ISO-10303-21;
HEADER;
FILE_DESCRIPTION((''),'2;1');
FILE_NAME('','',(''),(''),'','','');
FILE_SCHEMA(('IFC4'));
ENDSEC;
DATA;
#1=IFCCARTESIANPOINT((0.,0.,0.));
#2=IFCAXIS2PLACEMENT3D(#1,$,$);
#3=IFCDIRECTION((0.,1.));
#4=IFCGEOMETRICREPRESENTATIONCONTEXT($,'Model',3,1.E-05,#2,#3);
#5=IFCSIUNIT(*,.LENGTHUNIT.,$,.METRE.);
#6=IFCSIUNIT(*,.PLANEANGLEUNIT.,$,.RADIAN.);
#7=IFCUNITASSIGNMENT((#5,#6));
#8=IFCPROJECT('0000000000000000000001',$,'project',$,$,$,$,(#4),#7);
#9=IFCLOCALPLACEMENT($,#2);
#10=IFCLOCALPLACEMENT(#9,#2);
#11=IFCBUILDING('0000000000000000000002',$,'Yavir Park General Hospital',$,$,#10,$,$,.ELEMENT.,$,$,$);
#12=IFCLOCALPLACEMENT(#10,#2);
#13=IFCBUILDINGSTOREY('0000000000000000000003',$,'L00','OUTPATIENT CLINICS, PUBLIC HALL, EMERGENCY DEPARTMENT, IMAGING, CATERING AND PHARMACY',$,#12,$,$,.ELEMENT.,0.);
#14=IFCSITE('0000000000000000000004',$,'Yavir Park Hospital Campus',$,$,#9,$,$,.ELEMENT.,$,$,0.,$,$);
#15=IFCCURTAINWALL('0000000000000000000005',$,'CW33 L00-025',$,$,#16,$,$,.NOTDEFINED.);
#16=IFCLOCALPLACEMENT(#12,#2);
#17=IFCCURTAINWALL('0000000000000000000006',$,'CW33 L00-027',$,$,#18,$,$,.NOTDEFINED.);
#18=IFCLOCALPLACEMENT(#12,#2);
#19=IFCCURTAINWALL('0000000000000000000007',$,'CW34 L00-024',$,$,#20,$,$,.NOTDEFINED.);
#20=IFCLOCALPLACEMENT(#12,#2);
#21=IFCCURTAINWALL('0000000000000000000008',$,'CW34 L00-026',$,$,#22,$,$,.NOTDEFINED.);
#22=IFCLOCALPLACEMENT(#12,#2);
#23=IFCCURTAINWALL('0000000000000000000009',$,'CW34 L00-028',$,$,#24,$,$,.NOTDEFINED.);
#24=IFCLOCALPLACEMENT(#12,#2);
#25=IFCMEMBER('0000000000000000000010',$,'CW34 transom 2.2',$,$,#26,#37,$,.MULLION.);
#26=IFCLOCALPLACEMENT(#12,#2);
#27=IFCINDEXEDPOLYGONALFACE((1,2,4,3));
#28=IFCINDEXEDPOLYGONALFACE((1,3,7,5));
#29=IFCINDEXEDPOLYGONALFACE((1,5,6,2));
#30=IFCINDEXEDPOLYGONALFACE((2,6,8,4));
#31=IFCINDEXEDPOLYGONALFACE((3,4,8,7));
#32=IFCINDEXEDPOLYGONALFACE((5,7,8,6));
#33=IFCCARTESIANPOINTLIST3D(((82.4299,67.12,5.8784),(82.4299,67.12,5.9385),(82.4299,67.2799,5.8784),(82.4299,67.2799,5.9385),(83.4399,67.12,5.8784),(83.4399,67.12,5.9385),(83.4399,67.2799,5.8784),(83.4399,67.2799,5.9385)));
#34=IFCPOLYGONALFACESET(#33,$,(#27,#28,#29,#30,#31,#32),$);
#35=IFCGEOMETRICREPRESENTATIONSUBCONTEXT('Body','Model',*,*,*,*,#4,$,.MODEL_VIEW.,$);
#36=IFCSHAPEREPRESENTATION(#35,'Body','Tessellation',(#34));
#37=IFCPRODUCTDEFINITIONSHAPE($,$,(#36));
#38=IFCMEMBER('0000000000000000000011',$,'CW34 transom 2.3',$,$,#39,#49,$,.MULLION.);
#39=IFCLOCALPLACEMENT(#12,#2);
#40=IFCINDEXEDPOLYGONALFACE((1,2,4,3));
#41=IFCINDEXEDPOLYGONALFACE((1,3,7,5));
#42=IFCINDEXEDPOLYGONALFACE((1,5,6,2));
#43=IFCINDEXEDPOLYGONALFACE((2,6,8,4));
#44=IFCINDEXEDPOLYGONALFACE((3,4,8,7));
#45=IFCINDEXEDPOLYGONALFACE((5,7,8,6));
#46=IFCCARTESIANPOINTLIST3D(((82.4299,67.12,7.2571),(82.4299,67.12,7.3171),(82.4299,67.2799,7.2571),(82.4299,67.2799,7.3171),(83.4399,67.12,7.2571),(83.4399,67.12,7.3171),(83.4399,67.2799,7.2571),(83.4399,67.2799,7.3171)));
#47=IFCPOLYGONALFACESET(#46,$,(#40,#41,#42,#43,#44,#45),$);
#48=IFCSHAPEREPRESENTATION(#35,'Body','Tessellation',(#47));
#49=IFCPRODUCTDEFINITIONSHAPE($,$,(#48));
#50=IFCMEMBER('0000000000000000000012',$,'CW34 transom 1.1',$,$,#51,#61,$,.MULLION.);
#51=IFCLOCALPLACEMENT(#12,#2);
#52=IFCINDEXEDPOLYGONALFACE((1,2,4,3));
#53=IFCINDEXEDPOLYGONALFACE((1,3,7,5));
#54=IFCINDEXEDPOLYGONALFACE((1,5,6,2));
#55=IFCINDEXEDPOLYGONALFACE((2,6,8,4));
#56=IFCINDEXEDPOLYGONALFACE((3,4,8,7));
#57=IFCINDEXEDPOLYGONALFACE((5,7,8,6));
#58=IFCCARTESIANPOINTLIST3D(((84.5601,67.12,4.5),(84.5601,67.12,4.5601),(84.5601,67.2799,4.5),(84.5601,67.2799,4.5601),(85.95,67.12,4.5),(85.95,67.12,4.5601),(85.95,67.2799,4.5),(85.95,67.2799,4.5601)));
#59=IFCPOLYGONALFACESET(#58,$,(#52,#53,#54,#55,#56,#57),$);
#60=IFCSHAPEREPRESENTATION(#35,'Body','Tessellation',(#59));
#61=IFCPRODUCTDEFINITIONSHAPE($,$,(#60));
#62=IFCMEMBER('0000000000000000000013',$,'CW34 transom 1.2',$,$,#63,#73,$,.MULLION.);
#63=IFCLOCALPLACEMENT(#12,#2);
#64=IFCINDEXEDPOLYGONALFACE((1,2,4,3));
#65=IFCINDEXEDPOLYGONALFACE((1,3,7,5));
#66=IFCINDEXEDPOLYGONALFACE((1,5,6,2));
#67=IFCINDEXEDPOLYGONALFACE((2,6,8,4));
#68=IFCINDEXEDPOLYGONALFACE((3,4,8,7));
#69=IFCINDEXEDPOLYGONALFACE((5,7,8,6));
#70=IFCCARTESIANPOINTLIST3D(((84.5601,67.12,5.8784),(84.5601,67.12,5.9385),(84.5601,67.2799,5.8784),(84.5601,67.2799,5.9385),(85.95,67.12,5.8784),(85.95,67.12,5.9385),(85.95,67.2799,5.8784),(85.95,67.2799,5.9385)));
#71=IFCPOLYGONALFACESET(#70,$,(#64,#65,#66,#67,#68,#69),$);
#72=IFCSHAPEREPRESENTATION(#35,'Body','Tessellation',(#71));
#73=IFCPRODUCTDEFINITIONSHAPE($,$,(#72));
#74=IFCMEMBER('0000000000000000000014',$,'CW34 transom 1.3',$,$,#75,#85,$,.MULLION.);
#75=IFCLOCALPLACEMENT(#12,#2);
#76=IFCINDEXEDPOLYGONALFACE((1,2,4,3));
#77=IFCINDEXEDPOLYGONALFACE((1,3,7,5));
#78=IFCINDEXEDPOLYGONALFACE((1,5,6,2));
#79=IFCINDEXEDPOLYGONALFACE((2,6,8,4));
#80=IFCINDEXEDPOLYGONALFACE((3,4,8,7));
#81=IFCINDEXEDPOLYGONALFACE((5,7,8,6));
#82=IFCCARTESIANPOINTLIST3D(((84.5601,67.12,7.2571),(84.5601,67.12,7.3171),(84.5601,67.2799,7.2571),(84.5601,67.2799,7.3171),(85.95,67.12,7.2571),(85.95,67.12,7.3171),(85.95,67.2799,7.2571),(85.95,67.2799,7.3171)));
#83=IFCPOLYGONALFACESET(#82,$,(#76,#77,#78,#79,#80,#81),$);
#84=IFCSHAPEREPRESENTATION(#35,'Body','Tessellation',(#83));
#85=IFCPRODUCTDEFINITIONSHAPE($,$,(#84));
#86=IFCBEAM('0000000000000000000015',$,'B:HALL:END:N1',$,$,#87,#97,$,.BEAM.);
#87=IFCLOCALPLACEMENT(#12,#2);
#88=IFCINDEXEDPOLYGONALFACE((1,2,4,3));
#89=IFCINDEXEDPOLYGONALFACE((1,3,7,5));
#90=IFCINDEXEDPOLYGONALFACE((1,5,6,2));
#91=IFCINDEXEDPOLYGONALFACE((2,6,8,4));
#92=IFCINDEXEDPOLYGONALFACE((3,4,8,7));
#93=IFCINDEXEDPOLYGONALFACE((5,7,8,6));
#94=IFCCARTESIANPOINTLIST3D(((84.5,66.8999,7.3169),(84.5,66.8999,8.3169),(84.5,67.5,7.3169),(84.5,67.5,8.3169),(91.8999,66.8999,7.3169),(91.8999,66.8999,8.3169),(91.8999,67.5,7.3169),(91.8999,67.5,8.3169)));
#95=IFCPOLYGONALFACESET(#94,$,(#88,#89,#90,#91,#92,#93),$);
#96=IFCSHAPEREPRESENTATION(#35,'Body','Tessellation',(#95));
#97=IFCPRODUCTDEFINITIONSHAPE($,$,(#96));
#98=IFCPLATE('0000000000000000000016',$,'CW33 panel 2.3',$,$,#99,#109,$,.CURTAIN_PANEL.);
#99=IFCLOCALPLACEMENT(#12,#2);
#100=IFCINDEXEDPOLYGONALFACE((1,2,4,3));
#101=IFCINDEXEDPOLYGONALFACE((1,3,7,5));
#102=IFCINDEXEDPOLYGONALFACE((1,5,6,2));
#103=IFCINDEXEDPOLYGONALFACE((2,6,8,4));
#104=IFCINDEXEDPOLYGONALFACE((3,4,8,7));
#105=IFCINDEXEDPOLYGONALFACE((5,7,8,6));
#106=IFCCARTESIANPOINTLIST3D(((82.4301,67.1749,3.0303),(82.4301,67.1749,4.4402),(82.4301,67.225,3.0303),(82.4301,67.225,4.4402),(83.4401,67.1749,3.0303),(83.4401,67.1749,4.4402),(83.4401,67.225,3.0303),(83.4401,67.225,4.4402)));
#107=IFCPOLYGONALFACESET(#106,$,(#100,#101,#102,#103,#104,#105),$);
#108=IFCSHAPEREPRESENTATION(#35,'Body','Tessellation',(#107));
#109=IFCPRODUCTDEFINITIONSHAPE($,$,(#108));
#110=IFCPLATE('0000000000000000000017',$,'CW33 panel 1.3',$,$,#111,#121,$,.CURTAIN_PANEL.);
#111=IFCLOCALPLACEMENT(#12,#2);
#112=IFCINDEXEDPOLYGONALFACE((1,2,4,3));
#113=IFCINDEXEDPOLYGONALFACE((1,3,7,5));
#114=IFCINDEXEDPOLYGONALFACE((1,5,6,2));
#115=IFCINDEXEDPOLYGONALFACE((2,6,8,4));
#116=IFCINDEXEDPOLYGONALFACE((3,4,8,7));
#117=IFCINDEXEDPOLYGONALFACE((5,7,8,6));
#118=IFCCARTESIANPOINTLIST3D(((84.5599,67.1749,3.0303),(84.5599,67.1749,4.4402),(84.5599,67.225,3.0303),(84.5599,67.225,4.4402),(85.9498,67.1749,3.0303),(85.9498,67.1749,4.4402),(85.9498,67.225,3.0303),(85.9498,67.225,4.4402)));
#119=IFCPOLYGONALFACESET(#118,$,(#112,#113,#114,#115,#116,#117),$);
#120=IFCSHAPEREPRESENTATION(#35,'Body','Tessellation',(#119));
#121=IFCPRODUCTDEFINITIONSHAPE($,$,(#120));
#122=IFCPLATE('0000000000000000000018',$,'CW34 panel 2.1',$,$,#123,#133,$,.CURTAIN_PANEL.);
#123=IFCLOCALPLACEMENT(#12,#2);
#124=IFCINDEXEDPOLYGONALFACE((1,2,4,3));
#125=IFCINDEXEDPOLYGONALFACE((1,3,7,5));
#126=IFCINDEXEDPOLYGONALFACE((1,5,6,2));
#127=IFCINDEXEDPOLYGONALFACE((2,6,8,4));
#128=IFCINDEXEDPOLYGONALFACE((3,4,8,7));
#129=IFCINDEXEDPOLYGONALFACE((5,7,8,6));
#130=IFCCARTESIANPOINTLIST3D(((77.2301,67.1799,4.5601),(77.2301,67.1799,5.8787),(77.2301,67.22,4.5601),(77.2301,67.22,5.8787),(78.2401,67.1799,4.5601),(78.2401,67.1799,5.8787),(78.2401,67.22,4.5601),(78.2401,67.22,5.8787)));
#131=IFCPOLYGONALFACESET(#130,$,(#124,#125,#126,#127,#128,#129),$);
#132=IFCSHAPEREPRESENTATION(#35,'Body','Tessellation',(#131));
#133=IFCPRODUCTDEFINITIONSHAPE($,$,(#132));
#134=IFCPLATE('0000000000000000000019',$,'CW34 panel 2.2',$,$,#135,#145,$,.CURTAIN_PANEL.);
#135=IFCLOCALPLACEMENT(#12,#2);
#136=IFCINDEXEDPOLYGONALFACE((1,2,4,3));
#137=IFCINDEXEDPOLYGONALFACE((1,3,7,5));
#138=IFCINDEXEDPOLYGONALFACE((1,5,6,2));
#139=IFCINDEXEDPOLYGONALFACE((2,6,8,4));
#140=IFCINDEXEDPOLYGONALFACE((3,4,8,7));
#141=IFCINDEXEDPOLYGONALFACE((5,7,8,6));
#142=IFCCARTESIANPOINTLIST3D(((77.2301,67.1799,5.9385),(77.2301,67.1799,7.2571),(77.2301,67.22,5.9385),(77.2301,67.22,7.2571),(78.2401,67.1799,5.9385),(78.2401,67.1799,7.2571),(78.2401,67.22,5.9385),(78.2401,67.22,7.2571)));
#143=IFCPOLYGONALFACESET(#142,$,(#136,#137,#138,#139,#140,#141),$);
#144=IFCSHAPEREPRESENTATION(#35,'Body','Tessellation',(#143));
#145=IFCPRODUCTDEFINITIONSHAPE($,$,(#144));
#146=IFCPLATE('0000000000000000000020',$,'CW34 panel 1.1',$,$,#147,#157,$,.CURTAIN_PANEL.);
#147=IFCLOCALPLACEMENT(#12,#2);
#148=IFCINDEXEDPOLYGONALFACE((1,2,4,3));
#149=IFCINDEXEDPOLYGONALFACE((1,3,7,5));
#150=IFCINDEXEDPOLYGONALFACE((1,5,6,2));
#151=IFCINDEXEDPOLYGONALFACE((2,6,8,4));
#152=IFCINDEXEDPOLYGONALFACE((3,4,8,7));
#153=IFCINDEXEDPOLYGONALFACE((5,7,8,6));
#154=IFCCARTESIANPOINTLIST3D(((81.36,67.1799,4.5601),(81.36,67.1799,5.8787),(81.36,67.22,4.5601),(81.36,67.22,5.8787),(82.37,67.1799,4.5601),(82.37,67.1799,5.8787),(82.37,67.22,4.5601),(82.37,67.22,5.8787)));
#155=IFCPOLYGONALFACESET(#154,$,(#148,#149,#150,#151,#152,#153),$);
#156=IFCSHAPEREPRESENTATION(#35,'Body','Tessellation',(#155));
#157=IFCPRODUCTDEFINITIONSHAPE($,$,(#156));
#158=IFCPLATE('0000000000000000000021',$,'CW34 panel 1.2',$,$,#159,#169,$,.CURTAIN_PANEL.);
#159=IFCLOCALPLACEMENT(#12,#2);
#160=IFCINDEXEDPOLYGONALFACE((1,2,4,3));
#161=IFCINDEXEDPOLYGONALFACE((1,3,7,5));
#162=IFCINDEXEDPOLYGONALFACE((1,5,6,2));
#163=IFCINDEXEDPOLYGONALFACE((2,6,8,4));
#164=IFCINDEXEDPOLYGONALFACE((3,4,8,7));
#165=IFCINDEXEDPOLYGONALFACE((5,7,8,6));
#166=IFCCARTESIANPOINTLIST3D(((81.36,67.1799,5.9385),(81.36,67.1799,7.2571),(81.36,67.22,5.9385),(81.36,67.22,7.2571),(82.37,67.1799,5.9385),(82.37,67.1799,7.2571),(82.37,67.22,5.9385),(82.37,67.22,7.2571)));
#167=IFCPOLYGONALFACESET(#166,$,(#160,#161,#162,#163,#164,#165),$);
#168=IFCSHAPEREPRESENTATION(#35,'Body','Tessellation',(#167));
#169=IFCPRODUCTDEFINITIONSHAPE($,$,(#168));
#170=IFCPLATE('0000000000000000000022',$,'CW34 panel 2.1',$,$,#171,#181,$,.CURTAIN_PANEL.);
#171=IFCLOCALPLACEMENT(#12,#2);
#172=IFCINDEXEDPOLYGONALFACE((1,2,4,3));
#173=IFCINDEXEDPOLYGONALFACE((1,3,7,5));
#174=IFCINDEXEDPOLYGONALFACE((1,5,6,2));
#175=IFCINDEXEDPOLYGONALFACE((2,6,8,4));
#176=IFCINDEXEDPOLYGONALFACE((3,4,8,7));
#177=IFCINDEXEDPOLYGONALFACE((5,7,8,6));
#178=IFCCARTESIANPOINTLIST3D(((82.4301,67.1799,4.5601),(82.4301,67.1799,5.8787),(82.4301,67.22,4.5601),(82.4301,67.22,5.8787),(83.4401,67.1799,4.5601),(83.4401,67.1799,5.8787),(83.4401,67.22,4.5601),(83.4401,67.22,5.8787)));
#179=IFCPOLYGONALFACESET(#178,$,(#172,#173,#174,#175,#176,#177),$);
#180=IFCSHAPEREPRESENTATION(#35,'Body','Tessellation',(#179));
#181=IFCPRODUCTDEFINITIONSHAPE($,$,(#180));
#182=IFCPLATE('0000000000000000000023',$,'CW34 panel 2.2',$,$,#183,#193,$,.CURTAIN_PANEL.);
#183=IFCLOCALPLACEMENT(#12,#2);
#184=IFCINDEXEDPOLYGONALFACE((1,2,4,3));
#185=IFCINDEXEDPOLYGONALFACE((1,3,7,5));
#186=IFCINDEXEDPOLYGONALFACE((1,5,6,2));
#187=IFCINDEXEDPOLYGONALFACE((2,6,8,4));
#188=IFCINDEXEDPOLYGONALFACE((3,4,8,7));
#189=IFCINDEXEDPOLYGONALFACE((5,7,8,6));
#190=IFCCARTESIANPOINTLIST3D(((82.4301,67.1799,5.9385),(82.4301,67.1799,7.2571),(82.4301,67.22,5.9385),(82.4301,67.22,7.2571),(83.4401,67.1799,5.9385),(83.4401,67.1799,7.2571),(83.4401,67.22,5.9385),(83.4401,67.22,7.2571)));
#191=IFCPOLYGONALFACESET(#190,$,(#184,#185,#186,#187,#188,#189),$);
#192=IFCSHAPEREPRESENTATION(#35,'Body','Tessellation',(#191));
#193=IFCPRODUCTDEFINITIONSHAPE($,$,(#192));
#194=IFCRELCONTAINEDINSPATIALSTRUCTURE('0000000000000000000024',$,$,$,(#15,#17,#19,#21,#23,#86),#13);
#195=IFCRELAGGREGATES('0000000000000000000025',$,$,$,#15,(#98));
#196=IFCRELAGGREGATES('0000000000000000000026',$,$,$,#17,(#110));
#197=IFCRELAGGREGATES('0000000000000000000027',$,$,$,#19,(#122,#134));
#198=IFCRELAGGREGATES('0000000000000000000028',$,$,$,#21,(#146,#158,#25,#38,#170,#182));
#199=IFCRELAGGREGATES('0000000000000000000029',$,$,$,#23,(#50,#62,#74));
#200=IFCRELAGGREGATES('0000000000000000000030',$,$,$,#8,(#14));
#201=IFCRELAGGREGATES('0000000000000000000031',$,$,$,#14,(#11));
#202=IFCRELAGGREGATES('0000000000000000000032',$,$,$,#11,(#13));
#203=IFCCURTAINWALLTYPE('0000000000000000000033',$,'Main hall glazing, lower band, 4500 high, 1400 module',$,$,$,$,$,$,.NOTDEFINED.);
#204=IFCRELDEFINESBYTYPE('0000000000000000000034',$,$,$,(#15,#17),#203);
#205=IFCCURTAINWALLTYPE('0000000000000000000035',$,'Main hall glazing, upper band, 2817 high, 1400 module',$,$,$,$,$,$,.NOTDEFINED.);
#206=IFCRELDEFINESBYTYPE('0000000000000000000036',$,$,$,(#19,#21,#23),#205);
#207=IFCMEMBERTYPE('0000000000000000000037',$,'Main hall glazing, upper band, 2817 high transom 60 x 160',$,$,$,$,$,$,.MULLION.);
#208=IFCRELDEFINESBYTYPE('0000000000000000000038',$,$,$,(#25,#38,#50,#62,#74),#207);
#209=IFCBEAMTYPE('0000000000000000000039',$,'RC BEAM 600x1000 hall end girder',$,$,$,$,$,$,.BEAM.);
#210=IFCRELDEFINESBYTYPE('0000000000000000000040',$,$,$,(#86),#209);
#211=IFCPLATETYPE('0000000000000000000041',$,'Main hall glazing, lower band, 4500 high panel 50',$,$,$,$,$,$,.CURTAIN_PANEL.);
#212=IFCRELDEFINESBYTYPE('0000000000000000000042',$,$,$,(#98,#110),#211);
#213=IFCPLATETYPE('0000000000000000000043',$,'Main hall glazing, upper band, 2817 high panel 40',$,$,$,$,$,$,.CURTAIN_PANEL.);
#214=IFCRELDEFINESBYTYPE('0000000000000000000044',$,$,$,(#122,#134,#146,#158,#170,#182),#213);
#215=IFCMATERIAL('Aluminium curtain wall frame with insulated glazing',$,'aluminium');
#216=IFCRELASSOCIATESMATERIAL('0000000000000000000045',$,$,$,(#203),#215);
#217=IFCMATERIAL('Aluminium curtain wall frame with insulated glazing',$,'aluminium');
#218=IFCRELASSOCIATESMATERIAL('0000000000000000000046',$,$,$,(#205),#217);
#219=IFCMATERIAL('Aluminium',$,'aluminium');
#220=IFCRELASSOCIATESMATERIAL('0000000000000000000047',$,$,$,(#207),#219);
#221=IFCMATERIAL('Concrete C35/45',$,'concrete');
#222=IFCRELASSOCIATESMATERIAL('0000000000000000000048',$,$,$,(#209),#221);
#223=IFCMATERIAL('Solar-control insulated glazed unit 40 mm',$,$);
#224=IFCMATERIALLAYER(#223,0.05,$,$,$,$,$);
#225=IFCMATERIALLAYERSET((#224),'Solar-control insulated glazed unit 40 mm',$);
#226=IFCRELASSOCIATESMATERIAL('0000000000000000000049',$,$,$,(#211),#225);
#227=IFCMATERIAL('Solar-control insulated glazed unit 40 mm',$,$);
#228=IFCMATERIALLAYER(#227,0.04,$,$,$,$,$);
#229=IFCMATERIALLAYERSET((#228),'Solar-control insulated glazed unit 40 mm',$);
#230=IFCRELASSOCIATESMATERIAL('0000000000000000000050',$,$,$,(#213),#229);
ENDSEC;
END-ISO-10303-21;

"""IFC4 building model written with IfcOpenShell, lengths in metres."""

from ifc_helpers import new_model, si_unit, direction, frame, origin, origin_2d, place, context, subcontext, project, spatial, rectangle, extrude, material, layer, layer_set, material_profile, profile_set, type_object, element, aggregate, save


model = new_model("IFC4")

# Units and contexts
model_context = context("Model", 3, precision=1e-05, world=origin(), true_north=direction((0.0, 1.0)))
body_context = subcontext(model_context, "Body", "Model", "MODEL_VIEW")
ifc_project = project(units=[si_unit("LENGTHUNIT", "METRE"), si_unit("PLANEANGLEUNIT", "RADIAN")], contexts=[model_context])

# Site, building, storey
site_placement = place(None, origin())
site = spatial("IfcSite", under=ifc_project, at=site_placement, Name="Yavir Park Hospital Campus", CompositionType="ELEMENT", RefElevation=0.0)
building_placement = place(site_placement, origin())
building = spatial("IfcBuilding", under=site, at=building_placement, Name="Yavir Park General Hospital", CompositionType="ELEMENT")
storey_placement = place(building_placement, origin())
storey = spatial("IfcBuildingStorey", under=building, at=storey_placement, Name="L00", Description="OUTPATIENT CLINICS, PUBLIC HALL, EMERGENCY DEPARTMENT, IMAGING, CATERING AND PHARMACY", CompositionType="ELEMENT", Elevation=0.0)

# Curtain wall
ifc_material_1 = material(Name="Aluminium curtain wall frame with insulated glazing", Category="aluminium")
curtain_wall_type_1 = type_object("IfcCurtainWallType", Name="Main hall glazing, lower band, 4500 high, 1400 module", PredefinedType="NOTDEFINED", material=ifc_material_1)
curtain_wall_1_placement = place(storey_placement, origin())
curtain_wall_1 = element("IfcCurtainWall", 1, at=curtain_wall_1_placement, inside=storey, type_object=curtain_wall_type_1, Name="CW33 L00-025", PredefinedType="NOTDEFINED")

# Curtain walls
curtain_wall_2_placement = place(storey_placement, origin())
curtain_wall_2 = element("IfcCurtainWall", 2, at=curtain_wall_2_placement, inside=storey, type_object=curtain_wall_type_1, Name="CW33 L00-027", PredefinedType="NOTDEFINED")
ifc_material_2 = material(Name="Aluminium curtain wall frame with insulated glazing", Category="aluminium")
curtain_wall_type_2 = type_object("IfcCurtainWallType", Name="Main hall glazing, upper band, 2817 high, 1400 module", PredefinedType="NOTDEFINED", material=ifc_material_2)
curtain_wall_3_placement = place(storey_placement, origin())
curtain_wall_3 = element("IfcCurtainWall", 3, at=curtain_wall_3_placement, inside=storey, type_object=curtain_wall_type_2, Name="CW34 L00-024", PredefinedType="NOTDEFINED")

# Curtain wall
curtain_wall_4_placement = place(storey_placement, origin())
curtain_wall_4 = element("IfcCurtainWall", 4, at=curtain_wall_4_placement, inside=storey, type_object=curtain_wall_type_2, Name="CW34 L00-026", PredefinedType="NOTDEFINED")

# Curtain wall
curtain_wall_5_placement = place(storey_placement, origin())
curtain_wall_5 = element("IfcCurtainWall", 5, at=curtain_wall_5_placement, inside=storey, type_object=curtain_wall_type_2, Name="CW34 L00-028", PredefinedType="NOTDEFINED")

# Members
ifc_material_3 = material(Name="Aluminium", Category="aluminium")
ifc_material_profile_1 = material_profile(ifc_material_3, rectangle(XDim=0.1599, YDim=0.0601, at=origin_2d()), Name="AL 160x60")
ifc_profile_set_1 = profile_set([ifc_material_profile_1], Name="Aluminium")
member_type_1 = type_object("IfcMemberType", Name="Main hall glazing, upper band, 2817 high transom 60 x 160", PredefinedType="MULLION", material=ifc_profile_set_1)
member_1_placement = place(storey_placement, frame((82.4299, 67.2, 5.9084), z_axis=(1.0, 0.0, 0.0), x_axis=(0.0, 1.0, 0.0)))
member_1 = element("IfcMember", 6, at=member_1_placement, type_object=member_type_1, Name="CW34 transom 2.2", PredefinedType="MULLION", context=body_context, shape_type="SweptSolid", body=[
    extrude(rectangle(XDim=0.1599, YDim=0.0601, at=origin_2d()), origin(), (0.0, 0.0, 1.0), 1.01),
])
member_2_placement = place(storey_placement, frame((82.4299, 67.2, 7.2871), z_axis=(1.0, 0.0, 0.0), x_axis=(0.0, 1.0, 0.0)))
member_2 = element("IfcMember", 7, at=member_2_placement, type_object=member_type_1, Name="CW34 transom 2.3", PredefinedType="MULLION", context=body_context, shape_type="SweptSolid", body=[
    extrude(rectangle(XDim=0.1599, YDim=0.0601, at=origin_2d()), origin(), (0.0, 0.0, 1.0), 1.01),
])
member_3_placement = place(storey_placement, frame((84.5601, 67.2, 4.53), z_axis=(1.0, 0.0, 0.0), x_axis=(0.0, 1.0, 0.0)))
member_3 = element("IfcMember", 8, at=member_3_placement, type_object=member_type_1, Name="CW34 transom 1.1", PredefinedType="MULLION", context=body_context, shape_type="SweptSolid", body=[
    extrude(rectangle(XDim=0.1599, YDim=0.0601, at=origin_2d()), origin(), (0.0, 0.0, 1.0), 1.3899),
])
member_4_placement = place(storey_placement, frame((84.5601, 67.2, 5.9084), z_axis=(1.0, 0.0, 0.0), x_axis=(0.0, 1.0, 0.0)))
member_4 = element("IfcMember", 9, at=member_4_placement, type_object=member_type_1, Name="CW34 transom 1.2", PredefinedType="MULLION", context=body_context, shape_type="SweptSolid", body=[
    extrude(rectangle(XDim=0.1599, YDim=0.0601, at=origin_2d()), origin(), (0.0, 0.0, 1.0), 1.3899),
])
member_5_placement = place(storey_placement, frame((84.5601, 67.2, 7.2871), z_axis=(1.0, 0.0, 0.0), x_axis=(0.0, 1.0, 0.0)))
member_5 = element("IfcMember", 10, at=member_5_placement, type_object=member_type_1, Name="CW34 transom 1.3", PredefinedType="MULLION", context=body_context, shape_type="SweptSolid", body=[
    extrude(rectangle(XDim=0.1599, YDim=0.0601, at=origin_2d()), origin(), (0.0, 0.0, 1.0), 1.3899),
])

# Beam
ifc_material_4 = material(Name="Concrete C35/45", Category="concrete")
ifc_material_profile_2 = material_profile(ifc_material_4, rectangle(XDim=0.6001, YDim=1.0, at=origin_2d()), Name="RC600x1000")
ifc_profile_set_2 = profile_set([ifc_material_profile_2], Name="Concrete C35/45")
beam_type = type_object("IfcBeamType", Name="RC BEAM 600x1000 hall end girder", PredefinedType="BEAM", material=ifc_profile_set_2)
beam_placement = place(storey_placement, frame((84.5, 67.2, 7.8169), z_axis=(1.0, 0.0, 0.0), x_axis=(0.0, 1.0, 0.0)))
element("IfcBeam", 11, at=beam_placement, inside=storey, type_object=beam_type, Name="B:HALL:END:N1", PredefinedType="BEAM", context=body_context, shape_type="SweptSolid", body=[
    extrude(rectangle(XDim=0.6001, YDim=1.0, at=origin_2d()), origin(), (0.0, 0.0, 1.0), 7.3999),
])

# Plates
ifc_material_5 = material(Name="Solar-control insulated glazed unit 40 mm")
ifc_layer_1 = layer(ifc_material_5, 0.05)
ifc_layer_set_1 = layer_set([ifc_layer_1], Name="Solar-control insulated glazed unit 40 mm")
plate_type_1 = type_object("IfcPlateType", Name="Main hall glazing, lower band, 4500 high panel 50", PredefinedType="CURTAIN_PANEL", material=ifc_layer_set_1)
plate_1_placement = place(storey_placement, frame((82.9351, 67.2, 3.0303), z_axis=(0.0, 0.0, 1.0), x_axis=(1.0, 0.0, 0.0)))
plate_1 = element("IfcPlate", 12, at=plate_1_placement, type_object=plate_type_1, Name="CW33 panel 2.3", PredefinedType="CURTAIN_PANEL", context=body_context, shape_type="SweptSolid", body=[
    extrude(rectangle(XDim=1.01, YDim=0.05, at=origin_2d()), origin(), (0.0, 0.0, 1.0), 1.4099),
])
aggregate(curtain_wall_1, [plate_1])
plate_2_placement = place(storey_placement, frame((85.2549, 67.2, 3.0303), z_axis=(0.0, 0.0, 1.0), x_axis=(1.0, 0.0, 0.0)))
plate_2 = element("IfcPlate", 13, at=plate_2_placement, type_object=plate_type_1, Name="CW33 panel 1.3", PredefinedType="CURTAIN_PANEL", context=body_context, shape_type="SweptSolid", body=[
    extrude(rectangle(XDim=1.3899, YDim=0.05, at=origin_2d()), origin(), (0.0, 0.0, 1.0), 1.4099),
])
aggregate(curtain_wall_2, [plate_2])
ifc_material_6 = material(Name="Solar-control insulated glazed unit 40 mm")
ifc_layer_2 = layer(ifc_material_6, 0.04)
ifc_layer_set_2 = layer_set([ifc_layer_2], Name="Solar-control insulated glazed unit 40 mm")
plate_type_2 = type_object("IfcPlateType", Name="Main hall glazing, upper band, 2817 high panel 40", PredefinedType="CURTAIN_PANEL", material=ifc_layer_set_2)
plate_3_placement = place(storey_placement, frame((77.7351, 67.2, 4.5601), z_axis=(0.0, 0.0, 1.0), x_axis=(1.0, 0.0, 0.0)))
plate_3 = element("IfcPlate", 14, at=plate_3_placement, type_object=plate_type_2, Name="CW34 panel 2.1", PredefinedType="CURTAIN_PANEL", context=body_context, shape_type="SweptSolid", body=[
    extrude(rectangle(XDim=1.01, YDim=0.04, at=origin_2d()), origin(), (0.0, 0.0, 1.0), 1.3186),
])
plate_4_placement = place(storey_placement, frame((77.7351, 67.2, 5.9385), z_axis=(0.0, 0.0, 1.0), x_axis=(1.0, 0.0, 0.0)))
plate_4 = element("IfcPlate", 15, at=plate_4_placement, type_object=plate_type_2, Name="CW34 panel 2.2", PredefinedType="CURTAIN_PANEL", context=body_context, shape_type="SweptSolid", body=[
    extrude(rectangle(XDim=1.01, YDim=0.04, at=origin_2d()), origin(), (0.0, 0.0, 1.0), 1.3186),
])
aggregate(curtain_wall_3, [plate_3, plate_4])
plate_5_placement = place(storey_placement, frame((81.865, 67.2, 4.5601), z_axis=(0.0, 0.0, 1.0), x_axis=(1.0, 0.0, 0.0)))
plate_5 = element("IfcPlate", 16, at=plate_5_placement, type_object=plate_type_2, Name="CW34 panel 1.1", PredefinedType="CURTAIN_PANEL", context=body_context, shape_type="SweptSolid", body=[
    extrude(rectangle(XDim=1.01, YDim=0.04, at=origin_2d()), origin(), (0.0, 0.0, 1.0), 1.3186),
])
plate_6_placement = place(storey_placement, frame((81.865, 67.2, 5.9385), z_axis=(0.0, 0.0, 1.0), x_axis=(1.0, 0.0, 0.0)))
plate_6 = element("IfcPlate", 17, at=plate_6_placement, type_object=plate_type_2, Name="CW34 panel 1.2", PredefinedType="CURTAIN_PANEL", context=body_context, shape_type="SweptSolid", body=[
    extrude(rectangle(XDim=1.01, YDim=0.04, at=origin_2d()), origin(), (0.0, 0.0, 1.0), 1.3186),
])
plate_7_placement = place(storey_placement, frame((82.9351, 67.2, 4.5601), z_axis=(0.0, 0.0, 1.0), x_axis=(1.0, 0.0, 0.0)))
plate_7 = element("IfcPlate", 18, at=plate_7_placement, type_object=plate_type_2, Name="CW34 panel 2.1", PredefinedType="CURTAIN_PANEL", context=body_context, shape_type="SweptSolid", body=[
    extrude(rectangle(XDim=1.01, YDim=0.04, at=origin_2d()), origin(), (0.0, 0.0, 1.0), 1.3186),
])
plate_8_placement = place(storey_placement, frame((82.9351, 67.2, 5.9385), z_axis=(0.0, 0.0, 1.0), x_axis=(1.0, 0.0, 0.0)))
plate_8 = element("IfcPlate", 19, at=plate_8_placement, type_object=plate_type_2, Name="CW34 panel 2.2", PredefinedType="CURTAIN_PANEL", context=body_context, shape_type="SweptSolid", body=[
    extrude(rectangle(XDim=1.01, YDim=0.04, at=origin_2d()), origin(), (0.0, 0.0, 1.0), 1.3186),
])
aggregate(curtain_wall_4, [plate_5, plate_6, member_1, member_2, plate_7, plate_8])
aggregate(curtain_wall_5, [member_3, member_4, member_5])

save(model, "model.ifc")
